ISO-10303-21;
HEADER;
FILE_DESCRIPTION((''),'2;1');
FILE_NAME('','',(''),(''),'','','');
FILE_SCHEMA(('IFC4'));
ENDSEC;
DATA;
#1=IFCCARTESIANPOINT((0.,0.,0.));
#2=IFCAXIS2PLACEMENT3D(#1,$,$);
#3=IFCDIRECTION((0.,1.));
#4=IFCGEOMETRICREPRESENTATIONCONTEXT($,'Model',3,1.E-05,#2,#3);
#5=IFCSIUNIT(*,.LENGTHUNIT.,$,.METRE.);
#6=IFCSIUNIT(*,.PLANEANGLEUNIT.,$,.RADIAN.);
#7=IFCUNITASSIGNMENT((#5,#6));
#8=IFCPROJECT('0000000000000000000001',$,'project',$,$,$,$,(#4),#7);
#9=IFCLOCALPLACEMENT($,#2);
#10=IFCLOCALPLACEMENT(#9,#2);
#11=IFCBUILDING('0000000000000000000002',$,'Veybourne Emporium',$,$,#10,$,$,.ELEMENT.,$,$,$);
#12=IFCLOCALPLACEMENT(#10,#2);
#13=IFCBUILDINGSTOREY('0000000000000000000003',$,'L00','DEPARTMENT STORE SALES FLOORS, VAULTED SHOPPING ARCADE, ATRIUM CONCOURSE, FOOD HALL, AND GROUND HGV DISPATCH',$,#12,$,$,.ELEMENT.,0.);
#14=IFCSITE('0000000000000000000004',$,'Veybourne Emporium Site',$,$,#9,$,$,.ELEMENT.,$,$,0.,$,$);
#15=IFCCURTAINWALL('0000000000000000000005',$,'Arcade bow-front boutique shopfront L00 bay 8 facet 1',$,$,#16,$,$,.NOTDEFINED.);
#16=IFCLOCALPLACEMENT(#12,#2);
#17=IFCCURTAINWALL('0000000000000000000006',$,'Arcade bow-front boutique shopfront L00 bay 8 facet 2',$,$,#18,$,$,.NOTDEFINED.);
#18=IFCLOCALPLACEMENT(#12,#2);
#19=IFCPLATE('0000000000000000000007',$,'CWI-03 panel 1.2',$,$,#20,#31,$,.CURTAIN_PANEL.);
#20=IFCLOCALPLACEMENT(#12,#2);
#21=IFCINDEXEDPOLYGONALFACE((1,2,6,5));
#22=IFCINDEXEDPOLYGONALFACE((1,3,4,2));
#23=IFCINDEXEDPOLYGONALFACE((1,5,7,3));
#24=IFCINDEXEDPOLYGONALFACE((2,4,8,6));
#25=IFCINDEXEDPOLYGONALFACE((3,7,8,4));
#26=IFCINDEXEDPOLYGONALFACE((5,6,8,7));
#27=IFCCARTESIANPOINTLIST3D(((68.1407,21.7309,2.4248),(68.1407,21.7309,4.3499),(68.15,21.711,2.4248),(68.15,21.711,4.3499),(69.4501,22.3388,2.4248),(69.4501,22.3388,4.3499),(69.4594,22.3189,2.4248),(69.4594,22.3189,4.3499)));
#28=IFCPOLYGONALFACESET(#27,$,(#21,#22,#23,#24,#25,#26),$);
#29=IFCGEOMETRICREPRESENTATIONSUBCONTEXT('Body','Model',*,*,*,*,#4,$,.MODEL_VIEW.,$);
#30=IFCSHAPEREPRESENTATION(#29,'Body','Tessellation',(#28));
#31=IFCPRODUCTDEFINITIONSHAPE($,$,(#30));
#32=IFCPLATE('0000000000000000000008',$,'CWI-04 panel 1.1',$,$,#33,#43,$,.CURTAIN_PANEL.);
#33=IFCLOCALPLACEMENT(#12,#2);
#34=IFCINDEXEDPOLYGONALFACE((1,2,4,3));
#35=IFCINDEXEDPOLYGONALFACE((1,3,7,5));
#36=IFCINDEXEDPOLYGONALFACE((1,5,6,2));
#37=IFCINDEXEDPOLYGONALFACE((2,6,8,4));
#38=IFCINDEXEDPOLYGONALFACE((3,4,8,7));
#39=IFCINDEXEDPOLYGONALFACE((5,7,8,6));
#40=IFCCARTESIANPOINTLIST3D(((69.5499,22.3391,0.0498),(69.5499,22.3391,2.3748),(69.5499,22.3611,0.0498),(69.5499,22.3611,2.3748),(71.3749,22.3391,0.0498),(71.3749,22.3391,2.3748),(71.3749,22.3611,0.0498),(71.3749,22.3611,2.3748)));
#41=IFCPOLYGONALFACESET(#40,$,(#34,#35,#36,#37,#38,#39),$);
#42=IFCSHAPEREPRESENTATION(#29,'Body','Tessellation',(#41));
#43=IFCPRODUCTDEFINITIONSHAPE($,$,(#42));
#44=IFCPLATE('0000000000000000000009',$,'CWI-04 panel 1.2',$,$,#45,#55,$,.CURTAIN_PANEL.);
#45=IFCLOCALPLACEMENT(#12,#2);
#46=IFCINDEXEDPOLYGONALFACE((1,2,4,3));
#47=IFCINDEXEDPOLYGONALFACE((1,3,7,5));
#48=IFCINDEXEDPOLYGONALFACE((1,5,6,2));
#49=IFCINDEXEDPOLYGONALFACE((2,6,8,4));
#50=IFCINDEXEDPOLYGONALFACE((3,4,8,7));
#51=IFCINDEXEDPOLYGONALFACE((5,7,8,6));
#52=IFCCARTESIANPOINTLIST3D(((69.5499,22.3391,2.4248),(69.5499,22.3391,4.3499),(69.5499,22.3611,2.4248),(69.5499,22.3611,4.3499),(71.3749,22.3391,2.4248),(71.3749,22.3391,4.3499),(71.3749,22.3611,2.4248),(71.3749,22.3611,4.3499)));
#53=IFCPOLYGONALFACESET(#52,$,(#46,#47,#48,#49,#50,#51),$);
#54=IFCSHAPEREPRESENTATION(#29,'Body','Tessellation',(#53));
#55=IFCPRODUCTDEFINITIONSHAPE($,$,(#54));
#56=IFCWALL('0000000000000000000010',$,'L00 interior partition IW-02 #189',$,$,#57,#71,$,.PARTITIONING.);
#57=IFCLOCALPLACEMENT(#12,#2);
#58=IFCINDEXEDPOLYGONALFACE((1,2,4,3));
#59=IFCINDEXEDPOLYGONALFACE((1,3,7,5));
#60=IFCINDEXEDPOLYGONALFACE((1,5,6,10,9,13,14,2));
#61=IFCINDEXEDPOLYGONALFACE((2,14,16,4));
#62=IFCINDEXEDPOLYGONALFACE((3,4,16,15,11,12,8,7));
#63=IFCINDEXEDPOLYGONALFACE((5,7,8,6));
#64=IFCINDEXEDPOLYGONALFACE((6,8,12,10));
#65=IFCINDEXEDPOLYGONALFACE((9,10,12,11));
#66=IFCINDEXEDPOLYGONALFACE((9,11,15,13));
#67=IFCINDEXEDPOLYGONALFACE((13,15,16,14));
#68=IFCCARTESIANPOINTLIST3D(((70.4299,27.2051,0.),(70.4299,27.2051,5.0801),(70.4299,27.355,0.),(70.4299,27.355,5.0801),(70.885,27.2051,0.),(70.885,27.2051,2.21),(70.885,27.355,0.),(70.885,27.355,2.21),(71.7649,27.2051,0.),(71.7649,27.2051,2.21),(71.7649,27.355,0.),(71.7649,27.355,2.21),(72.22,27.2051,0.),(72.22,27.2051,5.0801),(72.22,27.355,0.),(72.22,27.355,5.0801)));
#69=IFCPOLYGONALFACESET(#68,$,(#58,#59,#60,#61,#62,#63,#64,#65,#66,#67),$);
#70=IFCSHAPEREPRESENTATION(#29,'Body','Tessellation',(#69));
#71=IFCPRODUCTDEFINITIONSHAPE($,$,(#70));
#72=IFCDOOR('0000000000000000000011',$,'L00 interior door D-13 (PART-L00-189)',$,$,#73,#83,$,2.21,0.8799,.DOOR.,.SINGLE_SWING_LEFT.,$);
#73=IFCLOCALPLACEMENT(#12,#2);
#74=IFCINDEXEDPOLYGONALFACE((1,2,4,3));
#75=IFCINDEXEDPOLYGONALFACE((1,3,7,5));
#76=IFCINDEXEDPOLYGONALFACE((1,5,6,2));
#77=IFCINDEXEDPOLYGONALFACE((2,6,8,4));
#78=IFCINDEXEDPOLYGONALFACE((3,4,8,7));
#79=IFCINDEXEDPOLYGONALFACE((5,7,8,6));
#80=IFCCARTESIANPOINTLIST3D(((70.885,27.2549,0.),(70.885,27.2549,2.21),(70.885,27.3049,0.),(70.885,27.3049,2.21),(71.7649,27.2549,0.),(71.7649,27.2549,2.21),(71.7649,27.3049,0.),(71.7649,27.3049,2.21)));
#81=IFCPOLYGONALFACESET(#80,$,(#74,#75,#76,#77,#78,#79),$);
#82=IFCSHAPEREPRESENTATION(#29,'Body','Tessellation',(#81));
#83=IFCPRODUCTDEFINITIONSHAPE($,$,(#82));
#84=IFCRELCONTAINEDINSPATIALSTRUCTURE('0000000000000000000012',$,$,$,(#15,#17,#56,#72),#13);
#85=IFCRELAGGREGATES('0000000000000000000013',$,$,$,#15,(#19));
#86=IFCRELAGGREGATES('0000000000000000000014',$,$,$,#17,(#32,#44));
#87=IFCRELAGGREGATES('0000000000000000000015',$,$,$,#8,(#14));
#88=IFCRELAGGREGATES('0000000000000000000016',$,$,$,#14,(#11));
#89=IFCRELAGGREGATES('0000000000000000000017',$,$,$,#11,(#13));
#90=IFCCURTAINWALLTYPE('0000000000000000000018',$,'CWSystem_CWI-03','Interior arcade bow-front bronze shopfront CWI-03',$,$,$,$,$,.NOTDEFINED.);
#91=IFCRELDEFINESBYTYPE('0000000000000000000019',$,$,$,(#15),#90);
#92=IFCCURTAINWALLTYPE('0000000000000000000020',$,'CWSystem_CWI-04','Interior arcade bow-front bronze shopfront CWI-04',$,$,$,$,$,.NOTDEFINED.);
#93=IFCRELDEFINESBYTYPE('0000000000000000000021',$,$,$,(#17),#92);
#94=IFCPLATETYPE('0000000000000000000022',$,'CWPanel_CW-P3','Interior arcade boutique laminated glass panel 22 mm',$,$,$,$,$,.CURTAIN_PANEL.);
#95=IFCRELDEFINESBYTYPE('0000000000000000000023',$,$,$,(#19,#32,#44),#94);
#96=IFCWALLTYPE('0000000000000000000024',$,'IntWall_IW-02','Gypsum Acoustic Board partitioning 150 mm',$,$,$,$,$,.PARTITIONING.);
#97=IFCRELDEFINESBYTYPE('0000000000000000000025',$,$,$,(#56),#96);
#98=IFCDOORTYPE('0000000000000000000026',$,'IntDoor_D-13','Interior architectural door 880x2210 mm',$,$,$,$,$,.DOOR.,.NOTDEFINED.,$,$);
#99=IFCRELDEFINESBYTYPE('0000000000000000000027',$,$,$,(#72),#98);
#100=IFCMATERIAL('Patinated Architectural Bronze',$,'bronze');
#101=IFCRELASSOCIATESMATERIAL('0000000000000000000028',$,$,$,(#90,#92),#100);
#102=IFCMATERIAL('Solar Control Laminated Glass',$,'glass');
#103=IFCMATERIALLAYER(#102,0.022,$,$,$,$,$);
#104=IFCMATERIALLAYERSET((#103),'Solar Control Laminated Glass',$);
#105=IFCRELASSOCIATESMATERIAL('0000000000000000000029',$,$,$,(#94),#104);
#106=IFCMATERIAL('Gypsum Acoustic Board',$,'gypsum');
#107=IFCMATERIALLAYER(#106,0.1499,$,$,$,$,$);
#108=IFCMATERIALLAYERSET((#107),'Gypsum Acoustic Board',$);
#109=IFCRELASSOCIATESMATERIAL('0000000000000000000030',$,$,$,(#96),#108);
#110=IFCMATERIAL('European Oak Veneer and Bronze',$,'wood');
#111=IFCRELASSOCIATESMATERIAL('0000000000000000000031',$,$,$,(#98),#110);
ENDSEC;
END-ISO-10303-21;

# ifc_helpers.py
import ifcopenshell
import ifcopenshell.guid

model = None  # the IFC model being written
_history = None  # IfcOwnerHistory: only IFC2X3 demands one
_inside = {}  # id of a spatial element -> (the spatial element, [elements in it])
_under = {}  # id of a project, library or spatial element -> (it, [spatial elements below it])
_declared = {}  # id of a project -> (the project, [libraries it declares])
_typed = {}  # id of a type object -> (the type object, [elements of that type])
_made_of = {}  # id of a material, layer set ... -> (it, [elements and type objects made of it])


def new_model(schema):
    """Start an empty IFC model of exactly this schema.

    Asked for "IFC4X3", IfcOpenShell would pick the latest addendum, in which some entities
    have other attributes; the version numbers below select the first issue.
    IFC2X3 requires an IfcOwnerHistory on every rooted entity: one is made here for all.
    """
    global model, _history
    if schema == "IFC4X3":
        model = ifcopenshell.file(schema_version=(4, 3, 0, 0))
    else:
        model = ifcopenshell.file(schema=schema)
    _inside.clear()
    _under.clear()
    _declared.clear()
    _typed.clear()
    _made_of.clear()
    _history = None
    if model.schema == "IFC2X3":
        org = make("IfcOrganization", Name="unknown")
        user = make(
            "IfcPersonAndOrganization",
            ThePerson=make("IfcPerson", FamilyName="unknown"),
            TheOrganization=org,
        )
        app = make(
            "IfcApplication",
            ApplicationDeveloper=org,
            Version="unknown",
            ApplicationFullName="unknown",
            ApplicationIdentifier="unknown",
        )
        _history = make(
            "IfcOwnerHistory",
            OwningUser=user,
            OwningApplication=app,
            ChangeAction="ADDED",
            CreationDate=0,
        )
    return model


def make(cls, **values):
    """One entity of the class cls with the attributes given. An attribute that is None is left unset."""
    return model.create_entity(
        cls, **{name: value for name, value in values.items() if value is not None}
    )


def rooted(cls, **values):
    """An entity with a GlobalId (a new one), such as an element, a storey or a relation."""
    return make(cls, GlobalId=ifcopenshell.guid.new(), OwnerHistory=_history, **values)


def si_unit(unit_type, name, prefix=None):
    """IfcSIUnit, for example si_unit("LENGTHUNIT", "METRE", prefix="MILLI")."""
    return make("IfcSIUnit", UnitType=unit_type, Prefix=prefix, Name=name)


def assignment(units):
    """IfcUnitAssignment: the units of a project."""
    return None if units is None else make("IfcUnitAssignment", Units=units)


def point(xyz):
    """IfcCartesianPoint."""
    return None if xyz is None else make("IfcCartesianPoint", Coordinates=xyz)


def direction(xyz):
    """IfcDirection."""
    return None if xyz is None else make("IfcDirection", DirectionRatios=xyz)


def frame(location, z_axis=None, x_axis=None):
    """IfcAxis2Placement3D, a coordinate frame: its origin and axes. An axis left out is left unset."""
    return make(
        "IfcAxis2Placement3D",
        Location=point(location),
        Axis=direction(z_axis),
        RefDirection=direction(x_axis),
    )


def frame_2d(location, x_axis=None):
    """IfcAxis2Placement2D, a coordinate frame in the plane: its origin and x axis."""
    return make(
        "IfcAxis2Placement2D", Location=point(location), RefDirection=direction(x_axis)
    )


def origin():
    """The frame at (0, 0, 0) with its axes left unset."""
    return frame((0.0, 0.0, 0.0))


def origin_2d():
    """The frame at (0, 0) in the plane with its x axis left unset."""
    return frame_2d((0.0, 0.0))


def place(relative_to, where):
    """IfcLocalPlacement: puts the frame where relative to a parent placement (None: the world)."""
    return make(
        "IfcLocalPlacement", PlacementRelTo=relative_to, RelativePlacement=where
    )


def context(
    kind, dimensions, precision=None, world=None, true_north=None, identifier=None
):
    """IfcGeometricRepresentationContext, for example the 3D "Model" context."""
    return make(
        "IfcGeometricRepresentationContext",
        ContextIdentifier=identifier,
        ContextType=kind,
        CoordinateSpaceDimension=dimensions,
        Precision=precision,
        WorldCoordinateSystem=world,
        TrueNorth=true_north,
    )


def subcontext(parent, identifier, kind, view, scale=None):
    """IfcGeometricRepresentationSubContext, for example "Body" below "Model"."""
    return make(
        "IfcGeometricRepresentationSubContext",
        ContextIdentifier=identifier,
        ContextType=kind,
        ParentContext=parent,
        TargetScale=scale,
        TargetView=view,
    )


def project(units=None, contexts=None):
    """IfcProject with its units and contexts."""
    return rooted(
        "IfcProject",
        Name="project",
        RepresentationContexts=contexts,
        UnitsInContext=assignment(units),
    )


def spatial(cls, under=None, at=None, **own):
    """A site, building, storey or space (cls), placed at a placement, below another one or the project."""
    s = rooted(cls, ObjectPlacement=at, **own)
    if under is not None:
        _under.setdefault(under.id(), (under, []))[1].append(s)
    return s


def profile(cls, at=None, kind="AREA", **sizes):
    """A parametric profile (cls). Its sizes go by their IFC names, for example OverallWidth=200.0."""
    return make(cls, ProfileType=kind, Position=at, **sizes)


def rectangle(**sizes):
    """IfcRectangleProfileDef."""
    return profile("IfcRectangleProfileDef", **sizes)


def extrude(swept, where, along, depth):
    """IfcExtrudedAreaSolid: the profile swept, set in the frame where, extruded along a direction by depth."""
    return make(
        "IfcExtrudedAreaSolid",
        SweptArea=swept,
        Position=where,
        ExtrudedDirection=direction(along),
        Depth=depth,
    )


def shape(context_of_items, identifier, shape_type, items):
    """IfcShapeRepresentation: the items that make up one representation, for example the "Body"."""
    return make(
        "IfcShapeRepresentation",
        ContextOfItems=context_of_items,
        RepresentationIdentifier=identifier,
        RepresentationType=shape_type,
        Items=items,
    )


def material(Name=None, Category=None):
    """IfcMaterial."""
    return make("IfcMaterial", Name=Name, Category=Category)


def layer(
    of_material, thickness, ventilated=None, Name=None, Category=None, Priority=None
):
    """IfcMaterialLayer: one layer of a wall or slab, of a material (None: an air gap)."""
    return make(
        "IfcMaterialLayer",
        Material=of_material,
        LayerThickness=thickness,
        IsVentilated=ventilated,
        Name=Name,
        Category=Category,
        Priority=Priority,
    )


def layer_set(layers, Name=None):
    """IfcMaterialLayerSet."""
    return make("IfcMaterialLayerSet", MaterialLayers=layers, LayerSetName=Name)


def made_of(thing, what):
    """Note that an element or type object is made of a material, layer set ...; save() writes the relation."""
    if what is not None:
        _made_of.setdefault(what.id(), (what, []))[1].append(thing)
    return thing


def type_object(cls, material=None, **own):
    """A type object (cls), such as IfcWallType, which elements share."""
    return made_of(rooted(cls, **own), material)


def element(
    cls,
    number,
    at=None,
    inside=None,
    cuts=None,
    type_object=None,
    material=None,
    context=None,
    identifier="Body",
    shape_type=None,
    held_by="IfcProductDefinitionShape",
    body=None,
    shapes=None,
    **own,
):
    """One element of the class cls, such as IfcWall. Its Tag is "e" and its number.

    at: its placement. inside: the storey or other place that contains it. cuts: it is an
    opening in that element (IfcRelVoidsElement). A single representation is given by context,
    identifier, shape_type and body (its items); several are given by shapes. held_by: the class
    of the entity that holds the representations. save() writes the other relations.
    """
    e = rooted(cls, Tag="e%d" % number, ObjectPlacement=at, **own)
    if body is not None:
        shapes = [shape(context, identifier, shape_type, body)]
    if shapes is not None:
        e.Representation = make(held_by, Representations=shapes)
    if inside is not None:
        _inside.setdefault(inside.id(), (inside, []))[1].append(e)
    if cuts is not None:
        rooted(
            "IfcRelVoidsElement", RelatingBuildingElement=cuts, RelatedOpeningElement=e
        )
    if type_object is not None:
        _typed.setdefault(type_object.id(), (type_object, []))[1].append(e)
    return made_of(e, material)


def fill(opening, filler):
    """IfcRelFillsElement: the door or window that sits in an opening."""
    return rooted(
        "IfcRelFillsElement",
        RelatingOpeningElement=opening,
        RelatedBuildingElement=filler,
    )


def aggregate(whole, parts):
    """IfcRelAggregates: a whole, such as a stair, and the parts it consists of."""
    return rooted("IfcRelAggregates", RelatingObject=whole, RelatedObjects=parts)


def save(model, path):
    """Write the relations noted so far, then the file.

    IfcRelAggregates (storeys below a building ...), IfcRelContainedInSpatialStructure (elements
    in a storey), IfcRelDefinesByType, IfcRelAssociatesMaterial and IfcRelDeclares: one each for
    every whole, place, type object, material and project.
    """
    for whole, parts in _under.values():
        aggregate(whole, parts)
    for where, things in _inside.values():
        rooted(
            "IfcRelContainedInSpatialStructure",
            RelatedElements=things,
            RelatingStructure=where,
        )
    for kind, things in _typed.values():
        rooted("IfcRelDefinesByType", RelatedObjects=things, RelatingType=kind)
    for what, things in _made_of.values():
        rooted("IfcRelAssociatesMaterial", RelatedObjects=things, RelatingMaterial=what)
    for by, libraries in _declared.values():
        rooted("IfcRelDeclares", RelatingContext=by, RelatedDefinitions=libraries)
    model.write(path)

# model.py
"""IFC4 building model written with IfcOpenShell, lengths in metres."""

from ifc_helpers import new_model, si_unit, direction, frame, frame_2d, origin, origin_2d, place, context, subcontext, project, spatial, rectangle, extrude, material, layer, layer_set, type_object, element, fill, aggregate, save


model = new_model("IFC4")

# Units and contexts
model_context = context("Model", 3, precision=1e-05, world=origin(), true_north=direction((0.0, 1.0)))
body_context = subcontext(model_context, "Body", "Model", "MODEL_VIEW")
ifc_project = project(units=[si_unit("LENGTHUNIT", "METRE"), si_unit("PLANEANGLEUNIT", "RADIAN")], contexts=[model_context])

# Site, building, storey
site_placement = place(None, origin())
site = spatial("IfcSite", under=ifc_project, at=site_placement, Name="Veybourne Emporium Site", CompositionType="ELEMENT", RefElevation=0.0)
building_placement = place(site_placement, origin())
building = spatial("IfcBuilding", under=site, at=building_placement, Name="Veybourne Emporium", CompositionType="ELEMENT")
storey_placement = place(building_placement, origin())
storey = spatial("IfcBuildingStorey", under=building, at=storey_placement, Name="L00", Description="DEPARTMENT STORE SALES FLOORS, VAULTED SHOPPING ARCADE, ATRIUM CONCOURSE, FOOD HALL, AND GROUND HGV DISPATCH", CompositionType="ELEMENT", Elevation=0.0)

# Shared definitions
ifc_material_1 = material(Name="Patinated Architectural Bronze", Category="bronze")
curtain_wall_type_1 = type_object("IfcCurtainWallType", Name="CWSystem_CWI-03", Description="Interior arcade bow-front bronze shopfront CWI-03", PredefinedType="NOTDEFINED", material=ifc_material_1)

# Curtain walls
curtain_wall_type_2 = type_object("IfcCurtainWallType", Name="CWSystem_CWI-04", Description="Interior arcade bow-front bronze shopfront CWI-04", PredefinedType="NOTDEFINED", material=ifc_material_1)
curtain_wall_1_placement = place(storey_placement, origin())
curtain_wall_1 = element("IfcCurtainWall", 1, at=curtain_wall_1_placement, inside=storey, type_object=curtain_wall_type_1, Name="Arcade bow-front boutique shopfront L00 bay 8 facet 1", PredefinedType="NOTDEFINED")
curtain_wall_2_placement = place(storey_placement, origin())
curtain_wall_2 = element("IfcCurtainWall", 2, at=curtain_wall_2_placement, inside=storey, type_object=curtain_wall_type_2, Name="Arcade bow-front boutique shopfront L00 bay 8 facet 2", PredefinedType="NOTDEFINED")

# Plates
ifc_material_2 = material(Name="Solar Control Laminated Glass", Category="glass")
ifc_layer_1 = layer(ifc_material_2, 0.022)
ifc_layer_set_1 = layer_set([ifc_layer_1], Name="Solar Control Laminated Glass")
plate_type = type_object("IfcPlateType", Name="CWPanel_CW-P3", Description="Interior arcade boutique laminated glass panel 22 mm", PredefinedType="CURTAIN_PANEL", material=ifc_layer_set_1)
plate_1_placement = place(storey_placement, frame((68.8, 22.0249, 2.4248), z_axis=(0.0, 0.0, 1.0), x_axis=(0.907009, 0.421111, 0.0)))
plate_1 = element("IfcPlate", 3, at=plate_1_placement, type_object=plate_type, Name="CWI-03 panel 1.2", PredefinedType="CURTAIN_PANEL", context=body_context, shape_type="SweptSolid", body=[
    extrude(rectangle(XDim=1.4436, YDim=0.022, at=origin_2d()), origin(), (0.0, 0.0, 1.0), 1.925),
])
aggregate(curtain_wall_1, [plate_1])
plate_2_placement = place(storey_placement, frame((70.4624, 22.3501, 0.0498), z_axis=(0.0, 0.0, 1.0), x_axis=(1.0, 0.0, 0.0)))
plate_2 = element("IfcPlate", 4, at=plate_2_placement, type_object=plate_type, Name="CWI-04 panel 1.1", PredefinedType="CURTAIN_PANEL", context=body_context, shape_type="SweptSolid", body=[
    extrude(rectangle(XDim=1.825, YDim=0.022, at=origin_2d()), origin(), (0.0, 0.0, 1.0), 2.325),
])
plate_3_placement = place(storey_placement, frame((70.4624, 22.3501, 2.4248), z_axis=(0.0, 0.0, 1.0), x_axis=(1.0, 0.0, 0.0)))
plate_3 = element("IfcPlate", 5, at=plate_3_placement, type_object=plate_type, Name="CWI-04 panel 1.2", PredefinedType="CURTAIN_PANEL", context=body_context, shape_type="SweptSolid", body=[
    extrude(rectangle(XDim=1.825, YDim=0.022, at=origin_2d()), origin(), (0.0, 0.0, 1.0), 1.925),
])
aggregate(curtain_wall_2, [plate_2, plate_3])

# Wall, opening, door
ifc_material_3 = material(Name="Gypsum Acoustic Board", Category="gypsum")
ifc_layer_2 = layer(ifc_material_3, 0.1499)
ifc_layer_set_2 = layer_set([ifc_layer_2], Name="Gypsum Acoustic Board")
wall_type = type_object("IfcWallType", Name="IntWall_IW-02", Description="Gypsum Acoustic Board partitioning 150 mm", PredefinedType="PARTITIONING", material=ifc_layer_set_2)
wall_placement = place(storey_placement, frame((70.4299, 27.28, 0.0), z_axis=(0.0, 0.0, 1.0), x_axis=(1.0, 0.0, 0.0)))
wall = element("IfcWall", 6, at=wall_placement, inside=storey, type_object=wall_type, Name="L00 interior partition IW-02 #189", PredefinedType="PARTITIONING", context=body_context, shape_type="SweptSolid", body=[
    extrude(rectangle(XDim=1.79, YDim=0.1499, at=frame_2d((0.895, 0.0))), origin(), (0.0, 0.0, 1.0), 5.0801),
])
opening_placement = place(wall_placement, frame((0.4551, 0.0, 0.0)))
opening = element("IfcOpeningElement", 7, at=opening_placement, cuts=wall, PredefinedType="OPENING", context=body_context, shape_type="SweptSolid", body=[
    extrude(rectangle(XDim=0.8799, YDim=2.21, at=frame_2d((0.4399, 1.105))), frame((0.0, 0.095, 0.0), z_axis=(0.0, -1.0, 0.0), x_axis=(1.0, 0.0, 0.0)), (0.0, 0.0, 1.0), 0.1899),
])
ifc_material_4 = material(Name="European Oak Veneer and Bronze", Category="wood")
door_type = type_object("IfcDoorType", Name="IntDoor_D-13", Description="Interior architectural door 880x2210 mm", OperationType="NOTDEFINED", PredefinedType="DOOR", material=ifc_material_4)
door_placement = place(opening_placement, origin())
door = element("IfcDoor", 8, at=door_placement, inside=storey, type_object=door_type, Name="L00 interior door D-13 (PART-L00-189)", OperationType="SINGLE_SWING_LEFT", OverallHeight=2.21, OverallWidth=0.8799, PredefinedType="DOOR", context=body_context, shape_type="SweptSolid", body=[
    extrude(rectangle(XDim=0.8799, YDim=2.21, at=frame_2d((0.4399, 1.105))), frame((0.0, 0.0249, 0.0), z_axis=(0.0, -1.0, 0.0), x_axis=(1.0, 0.0, 0.0)), (0.0, 0.0, 1.0), 0.05),
])
fill(opening, door)

save(model, "model.ifc")
